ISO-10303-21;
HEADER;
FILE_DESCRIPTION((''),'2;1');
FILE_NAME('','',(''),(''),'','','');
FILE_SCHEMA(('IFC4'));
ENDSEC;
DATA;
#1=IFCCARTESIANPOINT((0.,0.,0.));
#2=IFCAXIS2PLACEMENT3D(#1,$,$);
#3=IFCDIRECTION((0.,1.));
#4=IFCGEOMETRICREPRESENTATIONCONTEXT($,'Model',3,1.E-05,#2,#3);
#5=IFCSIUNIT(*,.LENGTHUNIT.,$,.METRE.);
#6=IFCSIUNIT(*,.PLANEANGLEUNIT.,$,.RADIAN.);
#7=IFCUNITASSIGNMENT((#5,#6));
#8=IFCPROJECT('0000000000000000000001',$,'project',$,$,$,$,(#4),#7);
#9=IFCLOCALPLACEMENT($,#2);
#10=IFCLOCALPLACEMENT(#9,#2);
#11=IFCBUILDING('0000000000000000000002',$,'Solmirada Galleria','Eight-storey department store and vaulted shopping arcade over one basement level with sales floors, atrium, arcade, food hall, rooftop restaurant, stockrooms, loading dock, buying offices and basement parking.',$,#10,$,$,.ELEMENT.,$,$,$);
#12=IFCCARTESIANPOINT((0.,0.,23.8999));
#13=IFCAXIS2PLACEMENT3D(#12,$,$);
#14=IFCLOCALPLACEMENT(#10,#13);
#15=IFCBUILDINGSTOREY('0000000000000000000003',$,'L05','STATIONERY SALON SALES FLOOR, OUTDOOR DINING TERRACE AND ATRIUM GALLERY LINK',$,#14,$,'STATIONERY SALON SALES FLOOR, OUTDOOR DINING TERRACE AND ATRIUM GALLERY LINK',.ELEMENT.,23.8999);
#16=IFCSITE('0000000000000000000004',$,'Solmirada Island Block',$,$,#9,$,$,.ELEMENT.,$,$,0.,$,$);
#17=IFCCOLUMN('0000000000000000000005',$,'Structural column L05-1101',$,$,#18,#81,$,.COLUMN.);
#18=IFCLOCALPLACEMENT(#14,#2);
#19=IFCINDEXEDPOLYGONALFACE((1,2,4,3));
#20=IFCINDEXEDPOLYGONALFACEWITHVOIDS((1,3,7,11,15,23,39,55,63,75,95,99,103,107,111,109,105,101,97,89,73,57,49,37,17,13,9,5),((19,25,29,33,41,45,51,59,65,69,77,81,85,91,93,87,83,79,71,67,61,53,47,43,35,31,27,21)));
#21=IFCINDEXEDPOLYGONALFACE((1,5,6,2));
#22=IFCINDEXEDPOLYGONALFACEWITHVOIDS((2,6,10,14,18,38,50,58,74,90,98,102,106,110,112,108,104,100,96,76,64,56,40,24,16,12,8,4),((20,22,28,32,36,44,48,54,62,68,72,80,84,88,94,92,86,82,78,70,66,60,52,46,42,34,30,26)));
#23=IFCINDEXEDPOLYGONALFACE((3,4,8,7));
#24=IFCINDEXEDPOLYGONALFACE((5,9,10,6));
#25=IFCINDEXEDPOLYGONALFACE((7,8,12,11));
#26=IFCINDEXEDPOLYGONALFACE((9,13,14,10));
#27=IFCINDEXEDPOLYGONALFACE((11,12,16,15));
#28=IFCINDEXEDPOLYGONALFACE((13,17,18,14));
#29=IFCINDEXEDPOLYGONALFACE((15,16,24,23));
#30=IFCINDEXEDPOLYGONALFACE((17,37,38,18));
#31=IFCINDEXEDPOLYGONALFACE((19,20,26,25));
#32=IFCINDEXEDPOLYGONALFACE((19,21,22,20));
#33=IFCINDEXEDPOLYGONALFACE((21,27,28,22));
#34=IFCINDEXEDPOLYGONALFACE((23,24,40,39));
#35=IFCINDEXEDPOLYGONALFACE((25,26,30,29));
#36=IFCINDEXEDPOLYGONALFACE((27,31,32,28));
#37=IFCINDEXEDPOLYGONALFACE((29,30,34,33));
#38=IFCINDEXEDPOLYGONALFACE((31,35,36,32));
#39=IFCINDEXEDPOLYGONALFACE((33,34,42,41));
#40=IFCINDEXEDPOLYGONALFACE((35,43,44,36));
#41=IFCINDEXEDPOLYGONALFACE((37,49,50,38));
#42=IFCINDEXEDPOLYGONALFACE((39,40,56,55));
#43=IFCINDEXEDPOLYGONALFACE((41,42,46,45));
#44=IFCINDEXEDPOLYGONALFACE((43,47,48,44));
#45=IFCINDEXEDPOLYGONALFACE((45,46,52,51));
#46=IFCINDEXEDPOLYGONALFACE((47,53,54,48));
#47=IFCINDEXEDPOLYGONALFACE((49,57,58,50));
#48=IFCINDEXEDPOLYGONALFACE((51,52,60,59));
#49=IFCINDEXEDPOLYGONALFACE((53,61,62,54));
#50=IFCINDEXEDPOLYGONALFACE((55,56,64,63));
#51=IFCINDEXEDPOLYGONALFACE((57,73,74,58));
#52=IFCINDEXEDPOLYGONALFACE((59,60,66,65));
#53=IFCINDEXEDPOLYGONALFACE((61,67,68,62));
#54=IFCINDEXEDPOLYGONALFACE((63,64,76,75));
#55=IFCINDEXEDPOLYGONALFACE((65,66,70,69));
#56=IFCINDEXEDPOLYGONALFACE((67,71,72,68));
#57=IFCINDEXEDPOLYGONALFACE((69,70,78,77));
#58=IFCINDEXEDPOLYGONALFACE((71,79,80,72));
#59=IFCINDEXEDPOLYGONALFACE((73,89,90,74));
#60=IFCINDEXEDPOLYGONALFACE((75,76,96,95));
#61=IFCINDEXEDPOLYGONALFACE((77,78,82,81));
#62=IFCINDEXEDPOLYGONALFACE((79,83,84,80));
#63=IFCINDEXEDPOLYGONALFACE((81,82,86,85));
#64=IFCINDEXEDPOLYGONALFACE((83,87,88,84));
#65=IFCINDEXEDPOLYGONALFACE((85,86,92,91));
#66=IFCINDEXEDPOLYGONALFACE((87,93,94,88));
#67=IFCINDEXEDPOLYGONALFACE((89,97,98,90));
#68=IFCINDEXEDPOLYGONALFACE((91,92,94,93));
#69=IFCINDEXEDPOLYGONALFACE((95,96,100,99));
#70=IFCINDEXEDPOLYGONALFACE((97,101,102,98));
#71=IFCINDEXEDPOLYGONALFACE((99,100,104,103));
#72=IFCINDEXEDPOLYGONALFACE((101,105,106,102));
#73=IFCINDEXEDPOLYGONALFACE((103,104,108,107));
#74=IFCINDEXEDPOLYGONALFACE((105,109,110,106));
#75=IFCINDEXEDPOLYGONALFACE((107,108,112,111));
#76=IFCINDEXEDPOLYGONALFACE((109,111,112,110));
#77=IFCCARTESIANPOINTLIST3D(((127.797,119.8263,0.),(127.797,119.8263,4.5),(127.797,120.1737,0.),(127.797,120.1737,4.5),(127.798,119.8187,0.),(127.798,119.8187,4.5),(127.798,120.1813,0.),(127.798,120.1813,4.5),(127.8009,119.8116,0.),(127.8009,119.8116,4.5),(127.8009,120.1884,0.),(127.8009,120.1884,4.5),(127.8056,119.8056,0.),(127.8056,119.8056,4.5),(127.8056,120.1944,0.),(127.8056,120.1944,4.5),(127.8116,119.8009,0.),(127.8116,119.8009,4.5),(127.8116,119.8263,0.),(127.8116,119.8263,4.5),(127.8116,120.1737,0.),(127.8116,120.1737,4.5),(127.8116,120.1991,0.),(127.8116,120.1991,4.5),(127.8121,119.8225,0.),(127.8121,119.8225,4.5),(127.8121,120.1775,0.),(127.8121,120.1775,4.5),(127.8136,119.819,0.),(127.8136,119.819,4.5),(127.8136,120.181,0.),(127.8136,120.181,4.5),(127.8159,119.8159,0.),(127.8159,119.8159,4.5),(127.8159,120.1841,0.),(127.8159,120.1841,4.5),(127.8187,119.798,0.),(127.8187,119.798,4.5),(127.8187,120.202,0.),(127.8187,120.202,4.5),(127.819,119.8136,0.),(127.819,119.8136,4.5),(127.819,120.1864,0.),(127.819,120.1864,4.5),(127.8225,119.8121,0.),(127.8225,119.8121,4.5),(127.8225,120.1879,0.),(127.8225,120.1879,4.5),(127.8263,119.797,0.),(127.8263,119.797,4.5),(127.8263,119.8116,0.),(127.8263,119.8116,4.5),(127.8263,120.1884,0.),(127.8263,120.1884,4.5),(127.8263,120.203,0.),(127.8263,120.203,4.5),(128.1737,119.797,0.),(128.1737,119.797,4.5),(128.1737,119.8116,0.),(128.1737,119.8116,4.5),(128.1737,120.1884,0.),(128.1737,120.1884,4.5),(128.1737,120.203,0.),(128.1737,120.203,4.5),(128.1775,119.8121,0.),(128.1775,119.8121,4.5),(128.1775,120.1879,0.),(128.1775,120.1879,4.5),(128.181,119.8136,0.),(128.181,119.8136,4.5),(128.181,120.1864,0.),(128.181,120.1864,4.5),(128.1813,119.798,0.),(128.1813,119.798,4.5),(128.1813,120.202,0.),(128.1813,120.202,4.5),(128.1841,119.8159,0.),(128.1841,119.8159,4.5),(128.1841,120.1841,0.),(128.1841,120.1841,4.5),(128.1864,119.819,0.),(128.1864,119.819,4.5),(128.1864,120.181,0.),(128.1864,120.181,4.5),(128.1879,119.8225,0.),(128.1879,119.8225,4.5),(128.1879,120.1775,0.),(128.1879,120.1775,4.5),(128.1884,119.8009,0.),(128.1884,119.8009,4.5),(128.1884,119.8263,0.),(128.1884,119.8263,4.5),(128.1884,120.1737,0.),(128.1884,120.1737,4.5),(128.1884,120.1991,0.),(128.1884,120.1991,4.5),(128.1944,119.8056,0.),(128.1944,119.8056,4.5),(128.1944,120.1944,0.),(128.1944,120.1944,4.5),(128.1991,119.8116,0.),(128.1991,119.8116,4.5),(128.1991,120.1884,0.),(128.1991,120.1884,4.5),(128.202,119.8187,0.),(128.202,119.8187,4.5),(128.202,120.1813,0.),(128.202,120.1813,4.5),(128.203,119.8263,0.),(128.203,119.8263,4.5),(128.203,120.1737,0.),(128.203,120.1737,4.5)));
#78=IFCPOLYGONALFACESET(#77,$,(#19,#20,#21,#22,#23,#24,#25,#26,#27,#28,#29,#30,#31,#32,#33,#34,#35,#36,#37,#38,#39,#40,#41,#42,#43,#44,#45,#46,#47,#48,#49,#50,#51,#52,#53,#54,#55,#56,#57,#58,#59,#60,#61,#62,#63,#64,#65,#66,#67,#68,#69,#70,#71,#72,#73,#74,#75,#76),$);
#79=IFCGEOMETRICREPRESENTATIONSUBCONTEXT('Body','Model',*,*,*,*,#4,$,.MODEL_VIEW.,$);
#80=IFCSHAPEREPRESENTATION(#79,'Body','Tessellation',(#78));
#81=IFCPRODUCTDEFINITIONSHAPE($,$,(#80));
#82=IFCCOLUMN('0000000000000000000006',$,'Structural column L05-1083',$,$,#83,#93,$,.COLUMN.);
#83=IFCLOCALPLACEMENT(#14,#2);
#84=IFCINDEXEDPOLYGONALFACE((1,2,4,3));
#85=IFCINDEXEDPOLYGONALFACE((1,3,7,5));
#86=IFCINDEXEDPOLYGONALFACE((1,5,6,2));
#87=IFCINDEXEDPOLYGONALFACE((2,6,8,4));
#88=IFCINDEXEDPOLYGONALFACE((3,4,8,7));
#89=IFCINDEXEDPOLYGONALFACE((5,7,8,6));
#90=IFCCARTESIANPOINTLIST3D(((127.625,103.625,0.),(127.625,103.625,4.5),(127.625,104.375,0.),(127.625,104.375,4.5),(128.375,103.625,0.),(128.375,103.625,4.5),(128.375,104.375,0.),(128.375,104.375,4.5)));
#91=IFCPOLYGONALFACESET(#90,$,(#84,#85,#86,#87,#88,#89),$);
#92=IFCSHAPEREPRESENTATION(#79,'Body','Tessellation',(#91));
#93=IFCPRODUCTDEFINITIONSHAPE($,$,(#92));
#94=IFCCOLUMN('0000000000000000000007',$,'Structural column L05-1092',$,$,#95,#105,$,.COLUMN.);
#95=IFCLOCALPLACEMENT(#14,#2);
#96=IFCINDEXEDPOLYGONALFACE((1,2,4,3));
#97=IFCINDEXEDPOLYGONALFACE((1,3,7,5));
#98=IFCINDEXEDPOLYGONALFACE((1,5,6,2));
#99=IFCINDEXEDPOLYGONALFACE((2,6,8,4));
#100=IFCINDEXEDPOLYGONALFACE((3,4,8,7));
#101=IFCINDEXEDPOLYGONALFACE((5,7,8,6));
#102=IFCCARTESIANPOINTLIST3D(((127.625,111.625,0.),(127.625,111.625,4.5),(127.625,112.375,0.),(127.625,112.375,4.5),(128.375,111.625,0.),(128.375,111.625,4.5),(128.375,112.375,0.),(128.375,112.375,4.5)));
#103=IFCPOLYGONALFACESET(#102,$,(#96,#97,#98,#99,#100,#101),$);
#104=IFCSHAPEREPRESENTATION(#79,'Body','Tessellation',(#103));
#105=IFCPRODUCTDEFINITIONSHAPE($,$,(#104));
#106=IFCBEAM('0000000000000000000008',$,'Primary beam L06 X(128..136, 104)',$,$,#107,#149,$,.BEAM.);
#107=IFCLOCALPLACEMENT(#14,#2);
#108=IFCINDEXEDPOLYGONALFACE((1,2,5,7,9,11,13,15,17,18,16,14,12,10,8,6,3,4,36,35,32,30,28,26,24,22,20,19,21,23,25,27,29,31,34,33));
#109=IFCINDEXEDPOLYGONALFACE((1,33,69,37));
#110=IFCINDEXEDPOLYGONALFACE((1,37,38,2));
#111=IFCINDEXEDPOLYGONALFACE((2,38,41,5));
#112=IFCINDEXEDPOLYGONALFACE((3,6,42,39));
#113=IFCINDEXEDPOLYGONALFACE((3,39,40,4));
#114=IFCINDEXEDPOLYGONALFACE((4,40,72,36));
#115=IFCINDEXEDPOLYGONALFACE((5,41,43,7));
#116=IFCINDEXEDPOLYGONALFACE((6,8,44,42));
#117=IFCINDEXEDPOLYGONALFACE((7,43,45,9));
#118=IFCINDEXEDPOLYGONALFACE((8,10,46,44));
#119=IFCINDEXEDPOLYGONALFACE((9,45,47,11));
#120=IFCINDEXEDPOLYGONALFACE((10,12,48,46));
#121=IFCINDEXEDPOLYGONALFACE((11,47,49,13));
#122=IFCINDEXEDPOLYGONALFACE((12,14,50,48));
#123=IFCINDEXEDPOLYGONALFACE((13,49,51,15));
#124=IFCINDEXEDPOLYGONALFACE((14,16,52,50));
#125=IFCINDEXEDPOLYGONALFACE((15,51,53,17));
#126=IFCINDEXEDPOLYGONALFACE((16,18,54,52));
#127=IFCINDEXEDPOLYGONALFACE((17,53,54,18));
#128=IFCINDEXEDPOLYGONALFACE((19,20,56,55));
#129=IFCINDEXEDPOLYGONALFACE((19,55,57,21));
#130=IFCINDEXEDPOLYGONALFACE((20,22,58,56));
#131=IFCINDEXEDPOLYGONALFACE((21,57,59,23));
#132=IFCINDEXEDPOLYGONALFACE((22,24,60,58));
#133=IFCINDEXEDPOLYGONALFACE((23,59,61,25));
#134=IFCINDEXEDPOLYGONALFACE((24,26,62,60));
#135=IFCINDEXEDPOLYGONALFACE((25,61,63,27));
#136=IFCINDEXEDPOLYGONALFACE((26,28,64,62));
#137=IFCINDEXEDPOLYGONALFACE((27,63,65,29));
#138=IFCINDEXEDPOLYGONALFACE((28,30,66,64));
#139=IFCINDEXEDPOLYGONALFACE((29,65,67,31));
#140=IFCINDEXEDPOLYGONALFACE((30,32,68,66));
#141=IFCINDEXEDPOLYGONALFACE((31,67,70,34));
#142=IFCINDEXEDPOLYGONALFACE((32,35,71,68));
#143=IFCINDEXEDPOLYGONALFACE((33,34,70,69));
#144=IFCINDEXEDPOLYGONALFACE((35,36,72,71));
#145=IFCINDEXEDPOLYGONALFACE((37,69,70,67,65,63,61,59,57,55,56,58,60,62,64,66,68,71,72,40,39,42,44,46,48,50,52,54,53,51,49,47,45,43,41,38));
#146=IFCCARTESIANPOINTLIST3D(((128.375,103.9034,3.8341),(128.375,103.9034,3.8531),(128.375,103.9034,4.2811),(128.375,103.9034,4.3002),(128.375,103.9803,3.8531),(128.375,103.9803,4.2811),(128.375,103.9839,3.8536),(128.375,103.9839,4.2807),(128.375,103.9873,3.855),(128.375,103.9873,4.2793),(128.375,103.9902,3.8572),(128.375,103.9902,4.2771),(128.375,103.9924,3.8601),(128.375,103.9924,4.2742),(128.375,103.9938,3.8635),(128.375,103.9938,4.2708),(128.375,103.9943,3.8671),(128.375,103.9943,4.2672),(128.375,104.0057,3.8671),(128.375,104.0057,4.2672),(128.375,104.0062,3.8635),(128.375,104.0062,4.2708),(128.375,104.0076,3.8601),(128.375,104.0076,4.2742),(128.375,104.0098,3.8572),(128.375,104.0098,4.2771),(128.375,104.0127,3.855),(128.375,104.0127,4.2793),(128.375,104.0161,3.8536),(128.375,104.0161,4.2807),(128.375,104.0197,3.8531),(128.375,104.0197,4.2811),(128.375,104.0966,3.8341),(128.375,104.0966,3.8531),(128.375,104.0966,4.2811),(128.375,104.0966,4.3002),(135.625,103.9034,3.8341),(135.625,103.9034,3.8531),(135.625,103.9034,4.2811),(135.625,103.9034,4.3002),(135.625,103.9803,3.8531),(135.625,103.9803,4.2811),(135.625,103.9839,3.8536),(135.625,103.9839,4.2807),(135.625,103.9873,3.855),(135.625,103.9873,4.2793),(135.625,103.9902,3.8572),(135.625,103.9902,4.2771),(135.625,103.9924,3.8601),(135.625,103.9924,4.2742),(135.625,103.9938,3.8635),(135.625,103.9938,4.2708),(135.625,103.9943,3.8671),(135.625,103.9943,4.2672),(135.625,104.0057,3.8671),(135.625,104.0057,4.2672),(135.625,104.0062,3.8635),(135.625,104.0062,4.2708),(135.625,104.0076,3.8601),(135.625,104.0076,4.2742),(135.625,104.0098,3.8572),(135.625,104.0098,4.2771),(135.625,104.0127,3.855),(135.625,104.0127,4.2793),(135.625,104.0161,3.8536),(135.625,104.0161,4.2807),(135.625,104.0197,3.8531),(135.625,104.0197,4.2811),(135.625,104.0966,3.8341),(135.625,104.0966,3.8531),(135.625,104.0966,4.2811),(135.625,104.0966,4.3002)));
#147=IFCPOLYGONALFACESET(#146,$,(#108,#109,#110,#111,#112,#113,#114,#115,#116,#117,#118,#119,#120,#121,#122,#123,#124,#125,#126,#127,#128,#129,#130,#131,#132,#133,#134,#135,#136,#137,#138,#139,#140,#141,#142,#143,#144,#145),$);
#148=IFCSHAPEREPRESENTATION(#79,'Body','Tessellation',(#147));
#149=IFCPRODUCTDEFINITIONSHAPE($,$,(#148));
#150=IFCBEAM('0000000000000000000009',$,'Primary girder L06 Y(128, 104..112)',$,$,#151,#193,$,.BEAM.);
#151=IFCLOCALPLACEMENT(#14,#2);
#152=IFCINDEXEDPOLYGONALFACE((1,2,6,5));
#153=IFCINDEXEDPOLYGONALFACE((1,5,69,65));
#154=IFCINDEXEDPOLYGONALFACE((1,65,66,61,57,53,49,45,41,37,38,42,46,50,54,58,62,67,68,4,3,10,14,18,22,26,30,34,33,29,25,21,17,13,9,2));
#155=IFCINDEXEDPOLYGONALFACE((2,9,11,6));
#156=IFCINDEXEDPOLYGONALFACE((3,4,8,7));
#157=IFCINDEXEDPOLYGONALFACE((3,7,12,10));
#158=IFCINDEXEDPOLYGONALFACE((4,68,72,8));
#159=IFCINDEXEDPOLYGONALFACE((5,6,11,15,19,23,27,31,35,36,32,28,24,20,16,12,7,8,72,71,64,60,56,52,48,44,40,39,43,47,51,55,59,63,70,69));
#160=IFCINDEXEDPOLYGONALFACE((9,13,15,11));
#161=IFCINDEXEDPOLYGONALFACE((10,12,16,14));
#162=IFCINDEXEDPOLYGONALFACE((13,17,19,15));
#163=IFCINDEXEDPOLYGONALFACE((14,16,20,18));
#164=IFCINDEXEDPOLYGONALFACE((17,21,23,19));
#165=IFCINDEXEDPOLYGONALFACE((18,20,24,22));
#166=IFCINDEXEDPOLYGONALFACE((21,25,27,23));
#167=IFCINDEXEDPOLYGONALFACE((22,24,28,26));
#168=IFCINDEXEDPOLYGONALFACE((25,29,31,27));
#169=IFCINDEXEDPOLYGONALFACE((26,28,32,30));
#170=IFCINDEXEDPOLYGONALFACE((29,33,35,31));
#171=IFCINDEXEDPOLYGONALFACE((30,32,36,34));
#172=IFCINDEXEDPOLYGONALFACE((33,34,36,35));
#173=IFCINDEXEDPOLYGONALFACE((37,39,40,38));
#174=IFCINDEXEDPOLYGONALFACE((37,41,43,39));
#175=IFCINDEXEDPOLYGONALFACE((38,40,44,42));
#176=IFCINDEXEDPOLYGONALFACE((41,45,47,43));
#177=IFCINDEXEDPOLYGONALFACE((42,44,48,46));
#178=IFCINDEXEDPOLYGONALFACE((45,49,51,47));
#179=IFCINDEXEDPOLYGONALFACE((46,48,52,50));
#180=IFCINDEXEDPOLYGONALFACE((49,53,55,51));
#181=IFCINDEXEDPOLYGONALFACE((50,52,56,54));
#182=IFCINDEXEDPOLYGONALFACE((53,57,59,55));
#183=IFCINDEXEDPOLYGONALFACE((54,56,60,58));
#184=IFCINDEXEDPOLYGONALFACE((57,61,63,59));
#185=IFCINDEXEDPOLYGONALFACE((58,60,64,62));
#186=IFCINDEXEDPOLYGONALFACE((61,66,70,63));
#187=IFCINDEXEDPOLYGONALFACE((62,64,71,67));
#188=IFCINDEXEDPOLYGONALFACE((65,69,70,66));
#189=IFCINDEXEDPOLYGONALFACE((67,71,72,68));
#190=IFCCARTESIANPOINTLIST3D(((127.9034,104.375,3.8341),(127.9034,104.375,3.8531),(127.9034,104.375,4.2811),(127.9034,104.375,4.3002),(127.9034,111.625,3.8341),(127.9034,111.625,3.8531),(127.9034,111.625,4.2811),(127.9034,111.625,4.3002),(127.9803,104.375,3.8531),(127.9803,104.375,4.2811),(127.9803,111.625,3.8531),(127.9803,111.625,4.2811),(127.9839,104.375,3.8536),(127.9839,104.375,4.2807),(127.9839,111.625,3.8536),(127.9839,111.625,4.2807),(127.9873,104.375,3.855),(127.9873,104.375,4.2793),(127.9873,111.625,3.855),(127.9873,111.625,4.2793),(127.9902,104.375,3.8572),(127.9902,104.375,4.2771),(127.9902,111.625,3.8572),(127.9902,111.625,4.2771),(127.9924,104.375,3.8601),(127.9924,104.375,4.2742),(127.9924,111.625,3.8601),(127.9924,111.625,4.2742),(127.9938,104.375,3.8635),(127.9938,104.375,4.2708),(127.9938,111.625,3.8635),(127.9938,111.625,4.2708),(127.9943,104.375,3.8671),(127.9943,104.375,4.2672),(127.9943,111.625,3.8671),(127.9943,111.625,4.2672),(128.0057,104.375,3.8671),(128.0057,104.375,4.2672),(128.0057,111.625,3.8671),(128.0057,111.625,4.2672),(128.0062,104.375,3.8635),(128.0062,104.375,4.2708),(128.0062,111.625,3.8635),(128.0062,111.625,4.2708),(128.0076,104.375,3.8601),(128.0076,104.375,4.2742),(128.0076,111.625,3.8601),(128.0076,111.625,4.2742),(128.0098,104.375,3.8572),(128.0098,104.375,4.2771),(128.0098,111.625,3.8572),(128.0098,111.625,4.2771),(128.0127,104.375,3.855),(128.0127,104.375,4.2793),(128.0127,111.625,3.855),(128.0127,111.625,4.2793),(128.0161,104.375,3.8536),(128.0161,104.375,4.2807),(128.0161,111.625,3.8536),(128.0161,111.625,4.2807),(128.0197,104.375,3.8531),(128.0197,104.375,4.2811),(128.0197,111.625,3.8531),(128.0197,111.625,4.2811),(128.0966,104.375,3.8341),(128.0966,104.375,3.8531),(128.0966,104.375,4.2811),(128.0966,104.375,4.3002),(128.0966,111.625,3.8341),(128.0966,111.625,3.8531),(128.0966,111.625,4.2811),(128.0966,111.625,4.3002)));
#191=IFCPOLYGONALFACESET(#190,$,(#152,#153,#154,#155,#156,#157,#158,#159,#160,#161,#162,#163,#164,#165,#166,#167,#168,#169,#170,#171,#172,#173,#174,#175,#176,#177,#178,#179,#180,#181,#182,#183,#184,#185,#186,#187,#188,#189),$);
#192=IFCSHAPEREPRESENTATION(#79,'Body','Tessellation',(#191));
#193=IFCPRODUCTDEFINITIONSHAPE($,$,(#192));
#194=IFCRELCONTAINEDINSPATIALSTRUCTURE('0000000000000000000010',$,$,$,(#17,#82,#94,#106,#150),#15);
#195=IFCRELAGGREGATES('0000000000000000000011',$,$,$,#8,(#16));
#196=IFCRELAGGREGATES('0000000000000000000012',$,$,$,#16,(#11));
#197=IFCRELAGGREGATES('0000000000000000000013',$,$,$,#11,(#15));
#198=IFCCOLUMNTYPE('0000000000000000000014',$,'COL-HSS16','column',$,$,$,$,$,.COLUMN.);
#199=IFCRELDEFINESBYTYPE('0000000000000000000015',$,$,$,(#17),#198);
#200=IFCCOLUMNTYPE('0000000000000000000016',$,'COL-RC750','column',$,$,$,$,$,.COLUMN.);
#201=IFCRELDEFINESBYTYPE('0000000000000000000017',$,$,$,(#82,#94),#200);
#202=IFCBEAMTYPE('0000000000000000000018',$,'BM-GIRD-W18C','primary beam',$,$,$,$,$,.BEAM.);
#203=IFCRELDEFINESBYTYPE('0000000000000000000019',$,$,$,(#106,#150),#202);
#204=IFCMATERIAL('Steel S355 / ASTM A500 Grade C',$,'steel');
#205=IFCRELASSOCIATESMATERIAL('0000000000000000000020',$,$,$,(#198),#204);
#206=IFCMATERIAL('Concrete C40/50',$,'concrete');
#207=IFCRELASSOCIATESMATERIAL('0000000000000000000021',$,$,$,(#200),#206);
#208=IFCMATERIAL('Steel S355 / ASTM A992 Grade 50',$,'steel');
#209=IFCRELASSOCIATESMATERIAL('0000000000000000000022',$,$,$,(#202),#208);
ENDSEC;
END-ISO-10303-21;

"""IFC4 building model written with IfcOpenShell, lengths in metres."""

from ifc_helpers import new_model, si_unit, direction, frame, origin, origin_2d, place, context, subcontext, project, spatial, rectangle, hollow_rectangle, i_section, extrude, material, material_profile, profile_set, type_object, element, save


model = new_model("IFC4")

# Units and contexts
model_context = context("Model", 3, precision=1e-05, world=origin(), true_north=direction((0.0, 1.0)))
body_context = subcontext(model_context, "Body", "Model", "MODEL_VIEW")
ifc_project = project(units=[si_unit("LENGTHUNIT", "METRE"), si_unit("PLANEANGLEUNIT", "RADIAN")], contexts=[model_context])

# Site, building, storey
site_placement = place(None, origin())
site = spatial("IfcSite", under=ifc_project, at=site_placement, Name="Solmirada Island Block", CompositionType="ELEMENT", RefElevation=0.0)
building_placement = place(site_placement, origin())
building = spatial("IfcBuilding", under=site, at=building_placement, Name="Solmirada Galleria", Description="Eight-storey department store and vaulted shopping arcade over one basement level with sales floors, atrium, arcade, food hall, rooftop restaurant, stockrooms, loading dock, buying offices and basement parking.", CompositionType="ELEMENT")
storey_placement = place(building_placement, frame((0.0, 0.0, 23.8999)))
storey = spatial("IfcBuildingStorey", under=building, at=storey_placement, Name="L05", Description="STATIONERY SALON SALES FLOOR, OUTDOOR DINING TERRACE AND ATRIUM GALLERY LINK", LongName="STATIONERY SALON SALES FLOOR, OUTDOOR DINING TERRACE AND ATRIUM GALLERY LINK", CompositionType="ELEMENT", Elevation=23.8999)

# Columns
ifc_material_1 = material(Name="Steel S355 / ASTM A500 Grade C", Category="steel")
ifc_material_profile_1 = material_profile(ifc_material_1, hollow_rectangle(XDim=0.406, YDim=0.406, WallThickness=0.0146, InnerFilletRadius=0.0146, OuterFilletRadius=0.0293, at=origin_2d()), Name="HSS16X16X5/8")
ifc_profile_set_1 = profile_set([ifc_material_profile_1], Name="Steel S355 / ASTM A500 Grade C")
column_type_1 = type_object("IfcColumnType", Name="COL-HSS16", Description="column", PredefinedType="COLUMN", material=ifc_profile_set_1)
column_placement = place(storey_placement, frame((128.0, 120.0, 0.0), z_axis=(0.0, 0.0, 1.0), x_axis=(1.0, 0.0, 0.0)))
element("IfcColumn", 1, at=column_placement, inside=storey, type_object=column_type_1, Name="Structural column L05-1101", PredefinedType="COLUMN", context=body_context, shape_type="SweptSolid", body=[
    extrude(hollow_rectangle(XDim=0.406, YDim=0.406, WallThickness=0.0146, InnerFilletRadius=0.0146, OuterFilletRadius=0.0293, at=origin_2d()), origin(), (0.0, 0.0, 1.0), 4.5),
])
ifc_material_2 = material(Name="Concrete C40/50", Category="concrete")
ifc_material_profile_2 = material_profile(ifc_material_2, rectangle(XDim=0.75, YDim=0.75, at=origin_2d()), Name="RC750X750")
ifc_profile_set_2 = profile_set([ifc_material_profile_2], Name="Concrete C40/50")
column_type_2 = type_object("IfcColumnType", Name="COL-RC750", Description="column", PredefinedType="COLUMN", material=ifc_profile_set_2)
for number, where, z_axis, x_axis, name in (
    (2, (128.0, 104.0, 0.0), (0.0, 0.0, 1.0), (1.0, 0.0, 0.0), "Structural column L05-1083"),
    (3, (128.0, 112.0, 0.0), (0.0, 0.0, 1.0), (1.0, 0.0, 0.0), "Structural column L05-1092"),
):
    element("IfcColumn", number, at=place(storey_placement, frame(where, z_axis=z_axis, x_axis=x_axis)), inside=storey, type_object=column_type_2, Name=name, PredefinedType="COLUMN", context=body_context, shape_type="SweptSolid", body=[
        extrude(rectangle(XDim=0.75, YDim=0.75, at=origin_2d()), origin(), (0.0, 0.0, 1.0), 4.5),
    ])

# Beams
ifc_material_3 = material(Name="Steel S355 / ASTM A992 Grade 50", Category="steel")
ifc_material_profile_3 = material_profile(ifc_material_3, i_section(OverallWidth=0.1931, OverallDepth=0.4661, WebThickness=0.0115, FlangeThickness=0.019, FilletRadius=0.0139, at=origin_2d()), Name="W18X65")
ifc_profile_set_3 = profile_set([ifc_material_profile_3], Name="Steel S355 / ASTM A992 Grade 50")
beam_type_1 = type_object("IfcBeamType", Name="BM-GIRD-W18C", Description="primary beam", PredefinedType="BEAM", material=ifc_profile_set_3)
for number, where, z_axis, x_axis, name in (
    (4, (128.375, 104.0, 4.0671), (1.0, 0.0, 0.0), (0.0, 1.0, 0.0), "Primary beam L06 X(128..136, 104)"),
    (5, (128.0, 104.375, 4.0671), (0.0, 1.0, 0.0), (-1.0, 0.0, 0.0), "Primary girder L06 Y(128, 104..112)"),
):
    element("IfcBeam", number, at=place(storey_placement, frame(where, z_axis=z_axis, x_axis=x_axis)), inside=storey, type_object=beam_type_1, Name=name, PredefinedType="BEAM", context=body_context, shape_type="SweptSolid", body=[
        extrude(i_section(OverallWidth=0.1931, OverallDepth=0.4661, WebThickness=0.0115, FlangeThickness=0.019, FilletRadius=0.0139, at=origin_2d()), origin(), (0.0, 0.0, 1.0), 7.25),
    ])

save(model, "model.ifc")
